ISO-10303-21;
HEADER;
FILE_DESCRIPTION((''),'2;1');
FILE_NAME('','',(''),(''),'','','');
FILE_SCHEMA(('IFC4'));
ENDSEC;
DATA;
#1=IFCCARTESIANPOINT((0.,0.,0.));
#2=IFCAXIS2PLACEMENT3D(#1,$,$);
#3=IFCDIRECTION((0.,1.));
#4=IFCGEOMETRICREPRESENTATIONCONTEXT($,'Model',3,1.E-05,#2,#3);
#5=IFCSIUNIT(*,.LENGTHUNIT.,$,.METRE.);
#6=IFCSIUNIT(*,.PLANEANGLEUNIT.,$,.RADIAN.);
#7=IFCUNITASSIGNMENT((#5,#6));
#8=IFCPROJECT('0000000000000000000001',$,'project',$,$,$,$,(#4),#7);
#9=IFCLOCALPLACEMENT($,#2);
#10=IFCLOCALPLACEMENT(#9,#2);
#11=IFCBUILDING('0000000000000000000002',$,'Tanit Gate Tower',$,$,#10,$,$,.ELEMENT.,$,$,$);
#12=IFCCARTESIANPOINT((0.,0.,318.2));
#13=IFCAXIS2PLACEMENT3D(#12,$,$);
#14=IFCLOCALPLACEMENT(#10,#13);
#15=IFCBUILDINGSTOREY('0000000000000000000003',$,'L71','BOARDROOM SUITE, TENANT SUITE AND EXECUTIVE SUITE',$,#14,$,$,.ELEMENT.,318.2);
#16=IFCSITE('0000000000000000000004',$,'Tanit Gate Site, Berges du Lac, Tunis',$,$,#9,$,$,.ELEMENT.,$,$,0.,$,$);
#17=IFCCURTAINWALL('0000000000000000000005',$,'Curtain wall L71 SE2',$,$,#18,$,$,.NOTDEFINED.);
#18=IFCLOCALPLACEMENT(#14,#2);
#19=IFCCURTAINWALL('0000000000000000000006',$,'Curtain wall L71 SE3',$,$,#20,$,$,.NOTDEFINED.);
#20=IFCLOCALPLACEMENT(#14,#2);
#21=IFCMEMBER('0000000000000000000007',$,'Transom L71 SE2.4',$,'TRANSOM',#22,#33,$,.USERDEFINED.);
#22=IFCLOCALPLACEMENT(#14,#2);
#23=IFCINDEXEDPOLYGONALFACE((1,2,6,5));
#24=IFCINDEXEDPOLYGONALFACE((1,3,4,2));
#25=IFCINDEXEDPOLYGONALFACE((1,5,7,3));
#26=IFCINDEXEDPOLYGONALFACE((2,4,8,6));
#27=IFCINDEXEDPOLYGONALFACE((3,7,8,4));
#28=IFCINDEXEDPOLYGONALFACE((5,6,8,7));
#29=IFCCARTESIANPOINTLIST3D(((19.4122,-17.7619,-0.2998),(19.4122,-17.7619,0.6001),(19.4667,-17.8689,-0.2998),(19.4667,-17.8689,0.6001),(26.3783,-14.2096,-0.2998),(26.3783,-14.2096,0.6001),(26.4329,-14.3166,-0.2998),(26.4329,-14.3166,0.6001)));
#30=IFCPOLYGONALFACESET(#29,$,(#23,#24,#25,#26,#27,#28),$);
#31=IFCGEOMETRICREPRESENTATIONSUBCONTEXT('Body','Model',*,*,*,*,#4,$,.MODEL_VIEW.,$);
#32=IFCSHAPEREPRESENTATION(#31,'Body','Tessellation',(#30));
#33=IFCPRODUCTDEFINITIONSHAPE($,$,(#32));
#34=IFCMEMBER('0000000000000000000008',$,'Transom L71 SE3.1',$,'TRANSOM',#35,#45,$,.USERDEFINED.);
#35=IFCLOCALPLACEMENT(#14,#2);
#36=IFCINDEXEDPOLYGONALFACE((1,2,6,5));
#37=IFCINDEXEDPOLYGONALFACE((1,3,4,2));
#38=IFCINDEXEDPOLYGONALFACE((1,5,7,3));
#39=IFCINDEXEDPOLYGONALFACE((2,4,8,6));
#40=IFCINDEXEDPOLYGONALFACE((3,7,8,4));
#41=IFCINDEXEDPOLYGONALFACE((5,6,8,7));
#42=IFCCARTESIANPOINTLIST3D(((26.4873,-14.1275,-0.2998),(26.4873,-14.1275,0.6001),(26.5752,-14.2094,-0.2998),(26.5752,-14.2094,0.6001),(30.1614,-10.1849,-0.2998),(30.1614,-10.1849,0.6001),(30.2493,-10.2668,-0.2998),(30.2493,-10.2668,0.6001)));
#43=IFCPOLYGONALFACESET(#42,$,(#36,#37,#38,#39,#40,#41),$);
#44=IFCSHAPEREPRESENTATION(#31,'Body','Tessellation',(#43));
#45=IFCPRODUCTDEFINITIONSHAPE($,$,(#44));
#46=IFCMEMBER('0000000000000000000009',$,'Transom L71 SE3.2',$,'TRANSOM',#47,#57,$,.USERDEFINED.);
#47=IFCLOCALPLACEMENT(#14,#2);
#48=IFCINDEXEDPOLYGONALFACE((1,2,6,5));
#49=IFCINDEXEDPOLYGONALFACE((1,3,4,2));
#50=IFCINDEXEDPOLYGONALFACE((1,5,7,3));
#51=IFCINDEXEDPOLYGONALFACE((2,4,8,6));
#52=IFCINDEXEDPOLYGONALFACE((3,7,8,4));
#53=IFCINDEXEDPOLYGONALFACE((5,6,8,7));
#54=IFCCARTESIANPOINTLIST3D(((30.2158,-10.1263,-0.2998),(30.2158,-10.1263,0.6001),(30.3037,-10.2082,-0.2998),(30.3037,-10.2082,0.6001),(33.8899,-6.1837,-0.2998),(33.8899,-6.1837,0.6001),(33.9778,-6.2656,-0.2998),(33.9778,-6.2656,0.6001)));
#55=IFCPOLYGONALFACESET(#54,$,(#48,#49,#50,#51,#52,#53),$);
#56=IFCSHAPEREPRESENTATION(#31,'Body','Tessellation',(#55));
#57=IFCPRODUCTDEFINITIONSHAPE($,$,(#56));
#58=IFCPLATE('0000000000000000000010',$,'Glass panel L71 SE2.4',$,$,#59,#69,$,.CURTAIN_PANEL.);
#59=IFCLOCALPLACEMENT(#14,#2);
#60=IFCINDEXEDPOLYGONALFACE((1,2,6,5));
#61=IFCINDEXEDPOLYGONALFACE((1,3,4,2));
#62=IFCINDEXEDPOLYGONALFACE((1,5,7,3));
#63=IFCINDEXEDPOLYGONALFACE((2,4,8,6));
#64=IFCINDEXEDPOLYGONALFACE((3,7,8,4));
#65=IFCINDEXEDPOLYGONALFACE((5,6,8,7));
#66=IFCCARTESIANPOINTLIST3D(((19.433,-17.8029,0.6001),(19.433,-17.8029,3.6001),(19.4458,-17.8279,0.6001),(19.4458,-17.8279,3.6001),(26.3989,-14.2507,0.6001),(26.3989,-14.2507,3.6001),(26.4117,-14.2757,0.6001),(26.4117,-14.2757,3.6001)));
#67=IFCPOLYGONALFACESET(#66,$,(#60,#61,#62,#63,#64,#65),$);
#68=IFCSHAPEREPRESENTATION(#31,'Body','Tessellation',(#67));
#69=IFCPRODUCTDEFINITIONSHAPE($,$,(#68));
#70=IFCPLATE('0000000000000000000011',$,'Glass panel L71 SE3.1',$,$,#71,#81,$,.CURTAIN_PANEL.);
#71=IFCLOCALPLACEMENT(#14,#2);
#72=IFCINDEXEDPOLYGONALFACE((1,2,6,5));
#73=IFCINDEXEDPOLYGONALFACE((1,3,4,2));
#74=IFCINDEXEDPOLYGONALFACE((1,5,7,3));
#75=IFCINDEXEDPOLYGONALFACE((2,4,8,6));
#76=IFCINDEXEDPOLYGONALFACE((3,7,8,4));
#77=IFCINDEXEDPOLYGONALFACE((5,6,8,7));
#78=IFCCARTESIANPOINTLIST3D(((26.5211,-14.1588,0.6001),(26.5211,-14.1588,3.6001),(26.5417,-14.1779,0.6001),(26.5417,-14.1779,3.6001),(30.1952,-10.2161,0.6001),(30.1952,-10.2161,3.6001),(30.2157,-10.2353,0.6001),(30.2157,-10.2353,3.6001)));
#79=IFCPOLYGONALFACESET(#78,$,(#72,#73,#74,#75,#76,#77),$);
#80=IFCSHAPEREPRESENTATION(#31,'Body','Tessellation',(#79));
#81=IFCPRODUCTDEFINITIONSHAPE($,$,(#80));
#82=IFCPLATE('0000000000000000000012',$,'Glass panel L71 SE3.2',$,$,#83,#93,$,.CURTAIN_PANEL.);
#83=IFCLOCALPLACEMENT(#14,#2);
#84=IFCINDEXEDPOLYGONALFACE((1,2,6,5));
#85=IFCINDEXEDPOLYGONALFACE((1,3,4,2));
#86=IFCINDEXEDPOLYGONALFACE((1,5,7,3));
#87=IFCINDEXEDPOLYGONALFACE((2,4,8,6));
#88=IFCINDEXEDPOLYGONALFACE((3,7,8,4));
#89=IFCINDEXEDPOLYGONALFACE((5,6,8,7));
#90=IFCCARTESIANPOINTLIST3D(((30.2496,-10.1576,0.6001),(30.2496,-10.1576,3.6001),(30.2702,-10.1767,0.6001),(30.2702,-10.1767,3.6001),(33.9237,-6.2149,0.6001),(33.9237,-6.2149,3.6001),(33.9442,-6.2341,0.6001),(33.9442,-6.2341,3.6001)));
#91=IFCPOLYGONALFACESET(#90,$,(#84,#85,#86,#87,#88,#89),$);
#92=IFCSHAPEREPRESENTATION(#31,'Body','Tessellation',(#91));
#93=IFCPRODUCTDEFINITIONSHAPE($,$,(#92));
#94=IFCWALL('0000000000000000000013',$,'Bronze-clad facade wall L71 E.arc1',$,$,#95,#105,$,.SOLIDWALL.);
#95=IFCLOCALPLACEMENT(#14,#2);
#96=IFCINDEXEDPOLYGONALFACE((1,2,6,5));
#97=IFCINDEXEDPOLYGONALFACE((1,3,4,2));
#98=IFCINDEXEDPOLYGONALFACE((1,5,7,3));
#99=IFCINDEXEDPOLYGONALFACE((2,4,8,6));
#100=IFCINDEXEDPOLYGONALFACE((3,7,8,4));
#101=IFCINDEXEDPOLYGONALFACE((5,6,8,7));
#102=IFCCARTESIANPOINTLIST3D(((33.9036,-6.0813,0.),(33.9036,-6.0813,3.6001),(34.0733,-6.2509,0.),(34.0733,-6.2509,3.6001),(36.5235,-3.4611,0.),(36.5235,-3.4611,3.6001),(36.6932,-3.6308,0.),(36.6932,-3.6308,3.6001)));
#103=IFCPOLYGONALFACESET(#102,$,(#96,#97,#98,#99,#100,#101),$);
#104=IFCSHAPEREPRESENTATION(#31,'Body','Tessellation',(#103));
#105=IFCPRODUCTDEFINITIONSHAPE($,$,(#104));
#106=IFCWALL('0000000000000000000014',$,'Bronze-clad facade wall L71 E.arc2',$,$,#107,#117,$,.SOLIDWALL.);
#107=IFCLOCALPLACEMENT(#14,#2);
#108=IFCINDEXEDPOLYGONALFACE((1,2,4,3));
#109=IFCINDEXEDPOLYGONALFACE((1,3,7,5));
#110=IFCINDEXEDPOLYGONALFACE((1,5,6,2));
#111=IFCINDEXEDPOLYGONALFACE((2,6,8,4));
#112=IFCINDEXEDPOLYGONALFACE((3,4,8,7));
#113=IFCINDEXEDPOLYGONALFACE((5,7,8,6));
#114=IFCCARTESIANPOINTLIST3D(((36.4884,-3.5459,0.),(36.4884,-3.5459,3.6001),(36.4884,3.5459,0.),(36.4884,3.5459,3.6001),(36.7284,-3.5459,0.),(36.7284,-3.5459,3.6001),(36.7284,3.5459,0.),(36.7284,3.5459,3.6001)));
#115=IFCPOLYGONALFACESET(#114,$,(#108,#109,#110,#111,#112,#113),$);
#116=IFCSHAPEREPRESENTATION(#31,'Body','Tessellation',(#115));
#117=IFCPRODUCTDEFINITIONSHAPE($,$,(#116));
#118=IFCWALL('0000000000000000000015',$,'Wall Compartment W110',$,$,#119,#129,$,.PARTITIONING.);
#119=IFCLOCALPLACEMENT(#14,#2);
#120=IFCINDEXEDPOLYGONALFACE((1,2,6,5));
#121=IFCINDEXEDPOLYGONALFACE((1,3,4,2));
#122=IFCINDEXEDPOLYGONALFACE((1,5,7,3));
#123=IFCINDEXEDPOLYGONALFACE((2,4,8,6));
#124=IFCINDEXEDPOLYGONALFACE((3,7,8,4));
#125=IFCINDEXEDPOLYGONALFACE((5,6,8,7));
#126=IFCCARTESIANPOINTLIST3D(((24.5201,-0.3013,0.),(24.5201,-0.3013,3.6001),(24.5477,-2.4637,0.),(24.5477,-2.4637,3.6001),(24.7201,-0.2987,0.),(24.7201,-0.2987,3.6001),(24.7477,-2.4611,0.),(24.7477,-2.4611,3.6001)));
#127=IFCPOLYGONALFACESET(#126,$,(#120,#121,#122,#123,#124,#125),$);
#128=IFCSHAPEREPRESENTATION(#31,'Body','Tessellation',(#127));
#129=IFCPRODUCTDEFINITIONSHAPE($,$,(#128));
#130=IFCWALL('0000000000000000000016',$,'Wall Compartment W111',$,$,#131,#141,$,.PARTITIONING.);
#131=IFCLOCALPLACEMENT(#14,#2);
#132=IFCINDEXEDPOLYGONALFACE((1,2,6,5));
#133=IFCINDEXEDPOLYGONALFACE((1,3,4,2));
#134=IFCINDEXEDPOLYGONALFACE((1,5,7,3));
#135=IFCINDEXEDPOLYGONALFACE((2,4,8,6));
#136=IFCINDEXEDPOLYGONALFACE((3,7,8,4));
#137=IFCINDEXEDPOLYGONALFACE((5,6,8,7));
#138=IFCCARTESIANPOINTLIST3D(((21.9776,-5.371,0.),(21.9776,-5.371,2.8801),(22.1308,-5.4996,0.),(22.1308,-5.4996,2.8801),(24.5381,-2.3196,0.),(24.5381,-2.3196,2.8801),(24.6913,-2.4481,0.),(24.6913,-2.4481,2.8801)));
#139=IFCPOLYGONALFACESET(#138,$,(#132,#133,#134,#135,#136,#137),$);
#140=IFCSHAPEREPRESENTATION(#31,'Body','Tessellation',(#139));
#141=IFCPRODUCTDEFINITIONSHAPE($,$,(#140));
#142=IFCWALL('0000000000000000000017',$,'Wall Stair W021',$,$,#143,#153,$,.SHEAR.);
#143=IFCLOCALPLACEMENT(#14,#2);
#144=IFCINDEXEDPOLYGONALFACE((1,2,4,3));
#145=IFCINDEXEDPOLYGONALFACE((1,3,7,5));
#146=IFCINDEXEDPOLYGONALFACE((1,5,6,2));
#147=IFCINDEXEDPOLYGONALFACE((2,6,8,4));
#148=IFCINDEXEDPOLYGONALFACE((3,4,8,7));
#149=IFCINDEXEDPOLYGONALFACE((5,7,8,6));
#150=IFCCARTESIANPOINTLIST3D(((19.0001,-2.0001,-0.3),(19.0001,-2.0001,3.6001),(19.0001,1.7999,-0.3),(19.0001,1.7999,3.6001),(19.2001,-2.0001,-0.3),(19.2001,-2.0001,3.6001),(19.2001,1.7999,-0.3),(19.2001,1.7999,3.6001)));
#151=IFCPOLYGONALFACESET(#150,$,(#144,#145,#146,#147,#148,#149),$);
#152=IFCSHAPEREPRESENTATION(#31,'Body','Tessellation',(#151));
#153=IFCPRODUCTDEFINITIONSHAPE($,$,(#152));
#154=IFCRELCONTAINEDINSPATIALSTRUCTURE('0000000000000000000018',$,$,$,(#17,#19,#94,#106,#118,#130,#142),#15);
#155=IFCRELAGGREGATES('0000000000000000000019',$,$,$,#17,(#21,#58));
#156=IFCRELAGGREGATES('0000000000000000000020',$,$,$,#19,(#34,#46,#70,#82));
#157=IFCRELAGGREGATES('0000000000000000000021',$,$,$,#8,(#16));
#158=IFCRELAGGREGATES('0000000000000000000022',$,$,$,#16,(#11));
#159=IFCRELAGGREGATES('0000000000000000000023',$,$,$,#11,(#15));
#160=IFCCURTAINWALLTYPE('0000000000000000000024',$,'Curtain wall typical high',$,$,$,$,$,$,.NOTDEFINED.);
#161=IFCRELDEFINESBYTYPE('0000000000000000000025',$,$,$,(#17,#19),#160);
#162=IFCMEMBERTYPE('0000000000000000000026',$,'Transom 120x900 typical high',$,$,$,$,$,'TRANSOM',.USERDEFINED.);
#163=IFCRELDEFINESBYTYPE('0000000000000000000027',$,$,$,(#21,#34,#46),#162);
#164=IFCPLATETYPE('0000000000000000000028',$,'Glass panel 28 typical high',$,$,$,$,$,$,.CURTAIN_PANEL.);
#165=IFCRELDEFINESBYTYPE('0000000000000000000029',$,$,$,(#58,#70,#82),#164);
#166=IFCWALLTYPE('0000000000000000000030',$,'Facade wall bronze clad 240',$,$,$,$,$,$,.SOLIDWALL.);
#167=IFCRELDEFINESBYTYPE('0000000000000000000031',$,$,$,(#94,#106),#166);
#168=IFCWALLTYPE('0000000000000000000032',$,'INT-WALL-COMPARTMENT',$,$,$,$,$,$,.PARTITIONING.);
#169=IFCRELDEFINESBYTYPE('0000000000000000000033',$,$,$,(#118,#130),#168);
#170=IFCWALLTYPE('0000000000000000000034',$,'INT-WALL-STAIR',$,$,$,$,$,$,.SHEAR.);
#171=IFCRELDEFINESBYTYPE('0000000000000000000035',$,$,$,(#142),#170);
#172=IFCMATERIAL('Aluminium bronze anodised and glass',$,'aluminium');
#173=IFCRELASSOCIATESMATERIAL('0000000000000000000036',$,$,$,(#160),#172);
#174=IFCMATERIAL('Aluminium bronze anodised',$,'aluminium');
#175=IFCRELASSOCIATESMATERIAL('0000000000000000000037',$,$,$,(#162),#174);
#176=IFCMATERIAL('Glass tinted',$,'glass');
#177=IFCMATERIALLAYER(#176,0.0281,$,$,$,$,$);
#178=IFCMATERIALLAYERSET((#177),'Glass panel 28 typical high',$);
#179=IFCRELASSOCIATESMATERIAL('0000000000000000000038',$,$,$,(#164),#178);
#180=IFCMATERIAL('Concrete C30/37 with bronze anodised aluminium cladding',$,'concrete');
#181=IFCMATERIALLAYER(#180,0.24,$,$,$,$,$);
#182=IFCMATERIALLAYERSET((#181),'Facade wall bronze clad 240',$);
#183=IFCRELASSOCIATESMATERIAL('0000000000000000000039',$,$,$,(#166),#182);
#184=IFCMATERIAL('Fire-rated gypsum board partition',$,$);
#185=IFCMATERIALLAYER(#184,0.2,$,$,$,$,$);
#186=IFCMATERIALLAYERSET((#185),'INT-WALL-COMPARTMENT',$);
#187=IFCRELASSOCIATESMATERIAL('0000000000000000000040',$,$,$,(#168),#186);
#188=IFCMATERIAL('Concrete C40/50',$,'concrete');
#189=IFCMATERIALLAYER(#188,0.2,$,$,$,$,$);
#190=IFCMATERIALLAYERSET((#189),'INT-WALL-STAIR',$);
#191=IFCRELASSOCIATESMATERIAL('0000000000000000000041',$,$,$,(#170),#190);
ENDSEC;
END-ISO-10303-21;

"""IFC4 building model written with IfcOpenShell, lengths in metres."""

from ifc_helpers import new_model, si_unit, direction, frame, frame_2d, origin, origin_2d, place, context, subcontext, project, spatial, rectangle, extrude, material, layer, layer_set, material_profile, profile_set, type_object, element, aggregate, save


model = new_model("IFC4")

# Units and contexts
model_context = context("Model", 3, precision=1e-05, world=origin(), true_north=direction((0.0, 1.0)))
body_context = subcontext(model_context, "Body", "Model", "MODEL_VIEW")
ifc_project = project(units=[si_unit("LENGTHUNIT", "METRE"), si_unit("PLANEANGLEUNIT", "RADIAN")], contexts=[model_context])

# Site, building, storey
site_placement = place(None, origin())
site = spatial("IfcSite", under=ifc_project, at=site_placement, Name="Tanit Gate Site, Berges du Lac, Tunis", CompositionType="ELEMENT", RefElevation=0.0)
building_placement = place(site_placement, origin())
building = spatial("IfcBuilding", under=site, at=building_placement, Name="Tanit Gate Tower", CompositionType="ELEMENT")
storey_placement = place(building_placement, frame((0.0, 0.0, 318.2)))
storey = spatial("IfcBuildingStorey", under=building, at=storey_placement, Name="L71", Description="BOARDROOM SUITE, TENANT SUITE AND EXECUTIVE SUITE", CompositionType="ELEMENT", Elevation=318.2)

# Curtain wall
ifc_material_1 = material(Name="Aluminium bronze anodised and glass", Category="aluminium")
curtain_wall_type = type_object("IfcCurtainWallType", Name="Curtain wall typical high", PredefinedType="NOTDEFINED", material=ifc_material_1)
curtain_wall_1_placement = place(storey_placement, origin())
curtain_wall_1 = element("IfcCurtainWall", 1, at=curtain_wall_1_placement, inside=storey, type_object=curtain_wall_type, Name="Curtain wall L71 SE2", PredefinedType="NOTDEFINED")

# Curtain wall
curtain_wall_2_placement = place(storey_placement, origin())
curtain_wall_2 = element("IfcCurtainWall", 2, at=curtain_wall_2_placement, inside=storey, type_object=curtain_wall_type, Name="Curtain wall L71 SE3", PredefinedType="NOTDEFINED")

# Members
ifc_material_2 = material(Name="Aluminium bronze anodised", Category="aluminium")
ifc_material_profile_1 = material_profile(ifc_material_2, rectangle(XDim=0.1201, YDim=0.8999, at=origin_2d()), Name="120x900 bronze transom")
ifc_profile_set_1 = profile_set([ifc_material_profile_1], Name="Aluminium bronze anodised")
member_type_1 = type_object("IfcMemberType", Name="Transom 120x900 typical high", ElementType="TRANSOM", PredefinedType="USERDEFINED", material=ifc_profile_set_1)
member_1_placement = place(storey_placement, frame((19.4395, -17.8154, 0.1501), z_axis=(0.890859, 0.454281, 0.0), x_axis=(-0.454281, 0.890859, 0.0)))
member_1 = element("IfcMember", 3, at=member_1_placement, type_object=member_type_1, Name="Transom L71 SE2.4", ObjectType="TRANSOM", PredefinedType="USERDEFINED", context=body_context, shape_type="SweptSolid", body=[
    extrude(rectangle(XDim=0.1201, YDim=0.8999, at=origin_2d()), origin(), (0.0, 0.0, 1.0), 7.8196),
])
member_2_placement = place(storey_placement, frame((26.5312, -14.1685, 0.1501), z_axis=(0.681752, 0.731584, 0.0), x_axis=(-0.731584, 0.681752, 0.0)))
member_2 = element("IfcMember", 4, at=member_2_placement, type_object=member_type_1, Name="Transom L71 SE3.1", ObjectType="TRANSOM", PredefinedType="USERDEFINED", context=body_context, shape_type="SweptSolid", body=[
    extrude(rectangle(XDim=0.1201, YDim=0.8999, at=origin_2d()), origin(), (0.0, 0.0, 1.0), 5.3892),
])
member_3_placement = place(storey_placement, frame((30.2598, -10.1672, 0.1501), z_axis=(0.681752, 0.731584, 0.0), x_axis=(-0.731584, 0.681752, 0.0)))
member_3 = element("IfcMember", 5, at=member_3_placement, type_object=member_type_1, Name="Transom L71 SE3.2", ObjectType="TRANSOM", PredefinedType="USERDEFINED", context=body_context, shape_type="SweptSolid", body=[
    extrude(rectangle(XDim=0.1201, YDim=0.8999, at=origin_2d()), origin(), (0.0, 0.0, 1.0), 5.3892),
])

# Plates
ifc_material_3 = material(Name="Glass tinted", Category="glass")
ifc_layer_1 = layer(ifc_material_3, 0.0281)
ifc_layer_set_1 = layer_set([ifc_layer_1], Name="Glass panel 28 typical high")
plate_type = type_object("IfcPlateType", Name="Glass panel 28 typical high", PredefinedType="CURTAIN_PANEL", material=ifc_layer_set_1)
plate_1_placement = place(storey_placement, frame((22.9224, -16.0393, 0.6001), z_axis=(0.0, 0.0, 1.0), x_axis=(0.890855, 0.454288, 0.0)))
plate_1 = element("IfcPlate", 6, at=plate_1_placement, type_object=plate_type, Name="Glass panel L71 SE2.4", PredefinedType="CURTAIN_PANEL", context=body_context, shape_type="SweptSolid", body=[
    extrude(rectangle(XDim=7.8193, YDim=0.0281, at=origin_2d()), origin(), (0.0, 0.0, 1.0), 3.0),
])
aggregate(curtain_wall_1, [member_1, plate_1])
plate_2_placement = place(storey_placement, frame((28.3684, -12.197, 0.6001), z_axis=(0.0, 0.0, 1.0), x_axis=(0.681748, 0.731587, 0.0)))
plate_2 = element("IfcPlate", 7, at=plate_2_placement, type_object=plate_type, Name="Glass panel L71 SE3.1", PredefinedType="CURTAIN_PANEL", context=body_context, shape_type="SweptSolid", body=[
    extrude(rectangle(XDim=5.3892, YDim=0.0281, at=origin_2d()), origin(), (0.0, 0.0, 1.0), 3.0),
])
plate_3_placement = place(storey_placement, frame((32.0969, -8.1958, 0.6001), z_axis=(0.0, 0.0, 1.0), x_axis=(0.681748, 0.731587, 0.0)))
plate_3 = element("IfcPlate", 8, at=plate_3_placement, type_object=plate_type, Name="Glass panel L71 SE3.2", PredefinedType="CURTAIN_PANEL", context=body_context, shape_type="SweptSolid", body=[
    extrude(rectangle(XDim=5.3892, YDim=0.0281, at=origin_2d()), origin(), (0.0, 0.0, 1.0), 3.0),
])
aggregate(curtain_wall_2, [member_2, member_3, plate_2, plate_3])

# Walls
ifc_material_4 = material(Name="Concrete C30/37 with bronze anodised aluminium cladding", Category="concrete")
ifc_layer_2 = layer(ifc_material_4, 0.24)
ifc_layer_set_2 = layer_set([ifc_layer_2], Name="Facade wall bronze clad 240")
wall_type_1 = type_object("IfcWallType", Name="Facade wall bronze clad 240", PredefinedType="SOLIDWALL", material=ifc_layer_set_2)
wall_1_placement = place(storey_placement, frame((33.9885, -6.166, 0.0), z_axis=(0.0, 0.0, 1.0), x_axis=(0.707074, 0.70714, 0.0)))
element("IfcWall", 9, at=wall_1_placement, inside=storey, type_object=wall_type_1, Name="Bronze-clad facade wall L71 E.arc1", PredefinedType="SOLIDWALL", context=body_context, shape_type="SweptSolid", body=[
    extrude(rectangle(XDim=3.7053, YDim=0.24, at=frame_2d((1.8525, 0.0))), origin(), (0.0, 0.0, 1.0), 3.6001),
])
wall_2_placement = place(storey_placement, frame((36.6084, -3.5459, 0.0), z_axis=(0.0, 0.0, 1.0), x_axis=(0.0, 1.0, 0.0)))
element("IfcWall", 10, at=wall_2_placement, inside=storey, type_object=wall_type_1, Name="Bronze-clad facade wall L71 E.arc2", PredefinedType="SOLIDWALL", context=body_context, shape_type="SweptSolid", body=[
    extrude(rectangle(XDim=7.0918, YDim=0.24, at=frame_2d((3.5459, 0.0))), origin(), (0.0, 0.0, 1.0), 3.6001),
])
ifc_material_5 = material(Name="Fire-rated gypsum board partition")
ifc_layer_3 = layer(ifc_material_5, 0.2)
ifc_layer_set_3 = layer_set([ifc_layer_3], Name="INT-WALL-COMPARTMENT")
wall_type_2 = type_object("IfcWallType", Name="INT-WALL-COMPARTMENT", PredefinedType="PARTITIONING", material=ifc_layer_set_3)
wall_3_placement = place(storey_placement, frame((24.6477, -2.4624, 0.0), z_axis=(0.0, 0.0, 1.0), x_axis=(-0.012757, 0.999919, 0.0)))
element("IfcWall", 11, at=wall_3_placement, inside=storey, type_object=wall_type_2, Name="Wall Compartment W110", PredefinedType="PARTITIONING", context=body_context, shape_type="SweptSolid", body=[
    extrude(rectangle(XDim=2.1626, YDim=0.2, at=frame_2d((1.0813, 0.0))), origin(), (0.0, 0.0, 1.0), 3.6001),
])
wall_4_placement = place(storey_placement, frame((22.0542, -5.4353, 0.0), z_axis=(0.0, 0.0, 1.0), x_axis=(0.642791, 0.766042, 0.0)))
element("IfcWall", 12, at=wall_4_placement, inside=storey, type_object=wall_type_2, Name="Wall Compartment W111", PredefinedType="PARTITIONING", context=body_context, shape_type="SweptSolid", body=[
    extrude(rectangle(XDim=3.9834, YDim=0.2, at=frame_2d((1.9917, 0.0))), origin(), (0.0, 0.0, 1.0), 2.8801),
])
ifc_material_6 = material(Name="Concrete C40/50", Category="concrete")
ifc_layer_4 = layer(ifc_material_6, 0.2)
ifc_layer_set_4 = layer_set([ifc_layer_4], Name="INT-WALL-STAIR")
wall_type_3 = type_object("IfcWallType", Name="INT-WALL-STAIR", PredefinedType="SHEAR", material=ifc_layer_set_4)
wall_5_placement = place(storey_placement, frame((19.1001, -2.0, -0.3), z_axis=(0.0, 0.0, 1.0), x_axis=(0.0, 1.0, 0.0)))
element("IfcWall", 13, at=wall_5_placement, inside=storey, type_object=wall_type_3, Name="Wall Stair W021", PredefinedType="SHEAR", context=body_context, shape_type="SweptSolid", body=[
    extrude(rectangle(XDim=3.8, YDim=0.2, at=frame_2d((1.8999, 0.0))), origin(), (0.0, 0.0, 1.0), 3.9001),
])

save(model, "model.ifc")
